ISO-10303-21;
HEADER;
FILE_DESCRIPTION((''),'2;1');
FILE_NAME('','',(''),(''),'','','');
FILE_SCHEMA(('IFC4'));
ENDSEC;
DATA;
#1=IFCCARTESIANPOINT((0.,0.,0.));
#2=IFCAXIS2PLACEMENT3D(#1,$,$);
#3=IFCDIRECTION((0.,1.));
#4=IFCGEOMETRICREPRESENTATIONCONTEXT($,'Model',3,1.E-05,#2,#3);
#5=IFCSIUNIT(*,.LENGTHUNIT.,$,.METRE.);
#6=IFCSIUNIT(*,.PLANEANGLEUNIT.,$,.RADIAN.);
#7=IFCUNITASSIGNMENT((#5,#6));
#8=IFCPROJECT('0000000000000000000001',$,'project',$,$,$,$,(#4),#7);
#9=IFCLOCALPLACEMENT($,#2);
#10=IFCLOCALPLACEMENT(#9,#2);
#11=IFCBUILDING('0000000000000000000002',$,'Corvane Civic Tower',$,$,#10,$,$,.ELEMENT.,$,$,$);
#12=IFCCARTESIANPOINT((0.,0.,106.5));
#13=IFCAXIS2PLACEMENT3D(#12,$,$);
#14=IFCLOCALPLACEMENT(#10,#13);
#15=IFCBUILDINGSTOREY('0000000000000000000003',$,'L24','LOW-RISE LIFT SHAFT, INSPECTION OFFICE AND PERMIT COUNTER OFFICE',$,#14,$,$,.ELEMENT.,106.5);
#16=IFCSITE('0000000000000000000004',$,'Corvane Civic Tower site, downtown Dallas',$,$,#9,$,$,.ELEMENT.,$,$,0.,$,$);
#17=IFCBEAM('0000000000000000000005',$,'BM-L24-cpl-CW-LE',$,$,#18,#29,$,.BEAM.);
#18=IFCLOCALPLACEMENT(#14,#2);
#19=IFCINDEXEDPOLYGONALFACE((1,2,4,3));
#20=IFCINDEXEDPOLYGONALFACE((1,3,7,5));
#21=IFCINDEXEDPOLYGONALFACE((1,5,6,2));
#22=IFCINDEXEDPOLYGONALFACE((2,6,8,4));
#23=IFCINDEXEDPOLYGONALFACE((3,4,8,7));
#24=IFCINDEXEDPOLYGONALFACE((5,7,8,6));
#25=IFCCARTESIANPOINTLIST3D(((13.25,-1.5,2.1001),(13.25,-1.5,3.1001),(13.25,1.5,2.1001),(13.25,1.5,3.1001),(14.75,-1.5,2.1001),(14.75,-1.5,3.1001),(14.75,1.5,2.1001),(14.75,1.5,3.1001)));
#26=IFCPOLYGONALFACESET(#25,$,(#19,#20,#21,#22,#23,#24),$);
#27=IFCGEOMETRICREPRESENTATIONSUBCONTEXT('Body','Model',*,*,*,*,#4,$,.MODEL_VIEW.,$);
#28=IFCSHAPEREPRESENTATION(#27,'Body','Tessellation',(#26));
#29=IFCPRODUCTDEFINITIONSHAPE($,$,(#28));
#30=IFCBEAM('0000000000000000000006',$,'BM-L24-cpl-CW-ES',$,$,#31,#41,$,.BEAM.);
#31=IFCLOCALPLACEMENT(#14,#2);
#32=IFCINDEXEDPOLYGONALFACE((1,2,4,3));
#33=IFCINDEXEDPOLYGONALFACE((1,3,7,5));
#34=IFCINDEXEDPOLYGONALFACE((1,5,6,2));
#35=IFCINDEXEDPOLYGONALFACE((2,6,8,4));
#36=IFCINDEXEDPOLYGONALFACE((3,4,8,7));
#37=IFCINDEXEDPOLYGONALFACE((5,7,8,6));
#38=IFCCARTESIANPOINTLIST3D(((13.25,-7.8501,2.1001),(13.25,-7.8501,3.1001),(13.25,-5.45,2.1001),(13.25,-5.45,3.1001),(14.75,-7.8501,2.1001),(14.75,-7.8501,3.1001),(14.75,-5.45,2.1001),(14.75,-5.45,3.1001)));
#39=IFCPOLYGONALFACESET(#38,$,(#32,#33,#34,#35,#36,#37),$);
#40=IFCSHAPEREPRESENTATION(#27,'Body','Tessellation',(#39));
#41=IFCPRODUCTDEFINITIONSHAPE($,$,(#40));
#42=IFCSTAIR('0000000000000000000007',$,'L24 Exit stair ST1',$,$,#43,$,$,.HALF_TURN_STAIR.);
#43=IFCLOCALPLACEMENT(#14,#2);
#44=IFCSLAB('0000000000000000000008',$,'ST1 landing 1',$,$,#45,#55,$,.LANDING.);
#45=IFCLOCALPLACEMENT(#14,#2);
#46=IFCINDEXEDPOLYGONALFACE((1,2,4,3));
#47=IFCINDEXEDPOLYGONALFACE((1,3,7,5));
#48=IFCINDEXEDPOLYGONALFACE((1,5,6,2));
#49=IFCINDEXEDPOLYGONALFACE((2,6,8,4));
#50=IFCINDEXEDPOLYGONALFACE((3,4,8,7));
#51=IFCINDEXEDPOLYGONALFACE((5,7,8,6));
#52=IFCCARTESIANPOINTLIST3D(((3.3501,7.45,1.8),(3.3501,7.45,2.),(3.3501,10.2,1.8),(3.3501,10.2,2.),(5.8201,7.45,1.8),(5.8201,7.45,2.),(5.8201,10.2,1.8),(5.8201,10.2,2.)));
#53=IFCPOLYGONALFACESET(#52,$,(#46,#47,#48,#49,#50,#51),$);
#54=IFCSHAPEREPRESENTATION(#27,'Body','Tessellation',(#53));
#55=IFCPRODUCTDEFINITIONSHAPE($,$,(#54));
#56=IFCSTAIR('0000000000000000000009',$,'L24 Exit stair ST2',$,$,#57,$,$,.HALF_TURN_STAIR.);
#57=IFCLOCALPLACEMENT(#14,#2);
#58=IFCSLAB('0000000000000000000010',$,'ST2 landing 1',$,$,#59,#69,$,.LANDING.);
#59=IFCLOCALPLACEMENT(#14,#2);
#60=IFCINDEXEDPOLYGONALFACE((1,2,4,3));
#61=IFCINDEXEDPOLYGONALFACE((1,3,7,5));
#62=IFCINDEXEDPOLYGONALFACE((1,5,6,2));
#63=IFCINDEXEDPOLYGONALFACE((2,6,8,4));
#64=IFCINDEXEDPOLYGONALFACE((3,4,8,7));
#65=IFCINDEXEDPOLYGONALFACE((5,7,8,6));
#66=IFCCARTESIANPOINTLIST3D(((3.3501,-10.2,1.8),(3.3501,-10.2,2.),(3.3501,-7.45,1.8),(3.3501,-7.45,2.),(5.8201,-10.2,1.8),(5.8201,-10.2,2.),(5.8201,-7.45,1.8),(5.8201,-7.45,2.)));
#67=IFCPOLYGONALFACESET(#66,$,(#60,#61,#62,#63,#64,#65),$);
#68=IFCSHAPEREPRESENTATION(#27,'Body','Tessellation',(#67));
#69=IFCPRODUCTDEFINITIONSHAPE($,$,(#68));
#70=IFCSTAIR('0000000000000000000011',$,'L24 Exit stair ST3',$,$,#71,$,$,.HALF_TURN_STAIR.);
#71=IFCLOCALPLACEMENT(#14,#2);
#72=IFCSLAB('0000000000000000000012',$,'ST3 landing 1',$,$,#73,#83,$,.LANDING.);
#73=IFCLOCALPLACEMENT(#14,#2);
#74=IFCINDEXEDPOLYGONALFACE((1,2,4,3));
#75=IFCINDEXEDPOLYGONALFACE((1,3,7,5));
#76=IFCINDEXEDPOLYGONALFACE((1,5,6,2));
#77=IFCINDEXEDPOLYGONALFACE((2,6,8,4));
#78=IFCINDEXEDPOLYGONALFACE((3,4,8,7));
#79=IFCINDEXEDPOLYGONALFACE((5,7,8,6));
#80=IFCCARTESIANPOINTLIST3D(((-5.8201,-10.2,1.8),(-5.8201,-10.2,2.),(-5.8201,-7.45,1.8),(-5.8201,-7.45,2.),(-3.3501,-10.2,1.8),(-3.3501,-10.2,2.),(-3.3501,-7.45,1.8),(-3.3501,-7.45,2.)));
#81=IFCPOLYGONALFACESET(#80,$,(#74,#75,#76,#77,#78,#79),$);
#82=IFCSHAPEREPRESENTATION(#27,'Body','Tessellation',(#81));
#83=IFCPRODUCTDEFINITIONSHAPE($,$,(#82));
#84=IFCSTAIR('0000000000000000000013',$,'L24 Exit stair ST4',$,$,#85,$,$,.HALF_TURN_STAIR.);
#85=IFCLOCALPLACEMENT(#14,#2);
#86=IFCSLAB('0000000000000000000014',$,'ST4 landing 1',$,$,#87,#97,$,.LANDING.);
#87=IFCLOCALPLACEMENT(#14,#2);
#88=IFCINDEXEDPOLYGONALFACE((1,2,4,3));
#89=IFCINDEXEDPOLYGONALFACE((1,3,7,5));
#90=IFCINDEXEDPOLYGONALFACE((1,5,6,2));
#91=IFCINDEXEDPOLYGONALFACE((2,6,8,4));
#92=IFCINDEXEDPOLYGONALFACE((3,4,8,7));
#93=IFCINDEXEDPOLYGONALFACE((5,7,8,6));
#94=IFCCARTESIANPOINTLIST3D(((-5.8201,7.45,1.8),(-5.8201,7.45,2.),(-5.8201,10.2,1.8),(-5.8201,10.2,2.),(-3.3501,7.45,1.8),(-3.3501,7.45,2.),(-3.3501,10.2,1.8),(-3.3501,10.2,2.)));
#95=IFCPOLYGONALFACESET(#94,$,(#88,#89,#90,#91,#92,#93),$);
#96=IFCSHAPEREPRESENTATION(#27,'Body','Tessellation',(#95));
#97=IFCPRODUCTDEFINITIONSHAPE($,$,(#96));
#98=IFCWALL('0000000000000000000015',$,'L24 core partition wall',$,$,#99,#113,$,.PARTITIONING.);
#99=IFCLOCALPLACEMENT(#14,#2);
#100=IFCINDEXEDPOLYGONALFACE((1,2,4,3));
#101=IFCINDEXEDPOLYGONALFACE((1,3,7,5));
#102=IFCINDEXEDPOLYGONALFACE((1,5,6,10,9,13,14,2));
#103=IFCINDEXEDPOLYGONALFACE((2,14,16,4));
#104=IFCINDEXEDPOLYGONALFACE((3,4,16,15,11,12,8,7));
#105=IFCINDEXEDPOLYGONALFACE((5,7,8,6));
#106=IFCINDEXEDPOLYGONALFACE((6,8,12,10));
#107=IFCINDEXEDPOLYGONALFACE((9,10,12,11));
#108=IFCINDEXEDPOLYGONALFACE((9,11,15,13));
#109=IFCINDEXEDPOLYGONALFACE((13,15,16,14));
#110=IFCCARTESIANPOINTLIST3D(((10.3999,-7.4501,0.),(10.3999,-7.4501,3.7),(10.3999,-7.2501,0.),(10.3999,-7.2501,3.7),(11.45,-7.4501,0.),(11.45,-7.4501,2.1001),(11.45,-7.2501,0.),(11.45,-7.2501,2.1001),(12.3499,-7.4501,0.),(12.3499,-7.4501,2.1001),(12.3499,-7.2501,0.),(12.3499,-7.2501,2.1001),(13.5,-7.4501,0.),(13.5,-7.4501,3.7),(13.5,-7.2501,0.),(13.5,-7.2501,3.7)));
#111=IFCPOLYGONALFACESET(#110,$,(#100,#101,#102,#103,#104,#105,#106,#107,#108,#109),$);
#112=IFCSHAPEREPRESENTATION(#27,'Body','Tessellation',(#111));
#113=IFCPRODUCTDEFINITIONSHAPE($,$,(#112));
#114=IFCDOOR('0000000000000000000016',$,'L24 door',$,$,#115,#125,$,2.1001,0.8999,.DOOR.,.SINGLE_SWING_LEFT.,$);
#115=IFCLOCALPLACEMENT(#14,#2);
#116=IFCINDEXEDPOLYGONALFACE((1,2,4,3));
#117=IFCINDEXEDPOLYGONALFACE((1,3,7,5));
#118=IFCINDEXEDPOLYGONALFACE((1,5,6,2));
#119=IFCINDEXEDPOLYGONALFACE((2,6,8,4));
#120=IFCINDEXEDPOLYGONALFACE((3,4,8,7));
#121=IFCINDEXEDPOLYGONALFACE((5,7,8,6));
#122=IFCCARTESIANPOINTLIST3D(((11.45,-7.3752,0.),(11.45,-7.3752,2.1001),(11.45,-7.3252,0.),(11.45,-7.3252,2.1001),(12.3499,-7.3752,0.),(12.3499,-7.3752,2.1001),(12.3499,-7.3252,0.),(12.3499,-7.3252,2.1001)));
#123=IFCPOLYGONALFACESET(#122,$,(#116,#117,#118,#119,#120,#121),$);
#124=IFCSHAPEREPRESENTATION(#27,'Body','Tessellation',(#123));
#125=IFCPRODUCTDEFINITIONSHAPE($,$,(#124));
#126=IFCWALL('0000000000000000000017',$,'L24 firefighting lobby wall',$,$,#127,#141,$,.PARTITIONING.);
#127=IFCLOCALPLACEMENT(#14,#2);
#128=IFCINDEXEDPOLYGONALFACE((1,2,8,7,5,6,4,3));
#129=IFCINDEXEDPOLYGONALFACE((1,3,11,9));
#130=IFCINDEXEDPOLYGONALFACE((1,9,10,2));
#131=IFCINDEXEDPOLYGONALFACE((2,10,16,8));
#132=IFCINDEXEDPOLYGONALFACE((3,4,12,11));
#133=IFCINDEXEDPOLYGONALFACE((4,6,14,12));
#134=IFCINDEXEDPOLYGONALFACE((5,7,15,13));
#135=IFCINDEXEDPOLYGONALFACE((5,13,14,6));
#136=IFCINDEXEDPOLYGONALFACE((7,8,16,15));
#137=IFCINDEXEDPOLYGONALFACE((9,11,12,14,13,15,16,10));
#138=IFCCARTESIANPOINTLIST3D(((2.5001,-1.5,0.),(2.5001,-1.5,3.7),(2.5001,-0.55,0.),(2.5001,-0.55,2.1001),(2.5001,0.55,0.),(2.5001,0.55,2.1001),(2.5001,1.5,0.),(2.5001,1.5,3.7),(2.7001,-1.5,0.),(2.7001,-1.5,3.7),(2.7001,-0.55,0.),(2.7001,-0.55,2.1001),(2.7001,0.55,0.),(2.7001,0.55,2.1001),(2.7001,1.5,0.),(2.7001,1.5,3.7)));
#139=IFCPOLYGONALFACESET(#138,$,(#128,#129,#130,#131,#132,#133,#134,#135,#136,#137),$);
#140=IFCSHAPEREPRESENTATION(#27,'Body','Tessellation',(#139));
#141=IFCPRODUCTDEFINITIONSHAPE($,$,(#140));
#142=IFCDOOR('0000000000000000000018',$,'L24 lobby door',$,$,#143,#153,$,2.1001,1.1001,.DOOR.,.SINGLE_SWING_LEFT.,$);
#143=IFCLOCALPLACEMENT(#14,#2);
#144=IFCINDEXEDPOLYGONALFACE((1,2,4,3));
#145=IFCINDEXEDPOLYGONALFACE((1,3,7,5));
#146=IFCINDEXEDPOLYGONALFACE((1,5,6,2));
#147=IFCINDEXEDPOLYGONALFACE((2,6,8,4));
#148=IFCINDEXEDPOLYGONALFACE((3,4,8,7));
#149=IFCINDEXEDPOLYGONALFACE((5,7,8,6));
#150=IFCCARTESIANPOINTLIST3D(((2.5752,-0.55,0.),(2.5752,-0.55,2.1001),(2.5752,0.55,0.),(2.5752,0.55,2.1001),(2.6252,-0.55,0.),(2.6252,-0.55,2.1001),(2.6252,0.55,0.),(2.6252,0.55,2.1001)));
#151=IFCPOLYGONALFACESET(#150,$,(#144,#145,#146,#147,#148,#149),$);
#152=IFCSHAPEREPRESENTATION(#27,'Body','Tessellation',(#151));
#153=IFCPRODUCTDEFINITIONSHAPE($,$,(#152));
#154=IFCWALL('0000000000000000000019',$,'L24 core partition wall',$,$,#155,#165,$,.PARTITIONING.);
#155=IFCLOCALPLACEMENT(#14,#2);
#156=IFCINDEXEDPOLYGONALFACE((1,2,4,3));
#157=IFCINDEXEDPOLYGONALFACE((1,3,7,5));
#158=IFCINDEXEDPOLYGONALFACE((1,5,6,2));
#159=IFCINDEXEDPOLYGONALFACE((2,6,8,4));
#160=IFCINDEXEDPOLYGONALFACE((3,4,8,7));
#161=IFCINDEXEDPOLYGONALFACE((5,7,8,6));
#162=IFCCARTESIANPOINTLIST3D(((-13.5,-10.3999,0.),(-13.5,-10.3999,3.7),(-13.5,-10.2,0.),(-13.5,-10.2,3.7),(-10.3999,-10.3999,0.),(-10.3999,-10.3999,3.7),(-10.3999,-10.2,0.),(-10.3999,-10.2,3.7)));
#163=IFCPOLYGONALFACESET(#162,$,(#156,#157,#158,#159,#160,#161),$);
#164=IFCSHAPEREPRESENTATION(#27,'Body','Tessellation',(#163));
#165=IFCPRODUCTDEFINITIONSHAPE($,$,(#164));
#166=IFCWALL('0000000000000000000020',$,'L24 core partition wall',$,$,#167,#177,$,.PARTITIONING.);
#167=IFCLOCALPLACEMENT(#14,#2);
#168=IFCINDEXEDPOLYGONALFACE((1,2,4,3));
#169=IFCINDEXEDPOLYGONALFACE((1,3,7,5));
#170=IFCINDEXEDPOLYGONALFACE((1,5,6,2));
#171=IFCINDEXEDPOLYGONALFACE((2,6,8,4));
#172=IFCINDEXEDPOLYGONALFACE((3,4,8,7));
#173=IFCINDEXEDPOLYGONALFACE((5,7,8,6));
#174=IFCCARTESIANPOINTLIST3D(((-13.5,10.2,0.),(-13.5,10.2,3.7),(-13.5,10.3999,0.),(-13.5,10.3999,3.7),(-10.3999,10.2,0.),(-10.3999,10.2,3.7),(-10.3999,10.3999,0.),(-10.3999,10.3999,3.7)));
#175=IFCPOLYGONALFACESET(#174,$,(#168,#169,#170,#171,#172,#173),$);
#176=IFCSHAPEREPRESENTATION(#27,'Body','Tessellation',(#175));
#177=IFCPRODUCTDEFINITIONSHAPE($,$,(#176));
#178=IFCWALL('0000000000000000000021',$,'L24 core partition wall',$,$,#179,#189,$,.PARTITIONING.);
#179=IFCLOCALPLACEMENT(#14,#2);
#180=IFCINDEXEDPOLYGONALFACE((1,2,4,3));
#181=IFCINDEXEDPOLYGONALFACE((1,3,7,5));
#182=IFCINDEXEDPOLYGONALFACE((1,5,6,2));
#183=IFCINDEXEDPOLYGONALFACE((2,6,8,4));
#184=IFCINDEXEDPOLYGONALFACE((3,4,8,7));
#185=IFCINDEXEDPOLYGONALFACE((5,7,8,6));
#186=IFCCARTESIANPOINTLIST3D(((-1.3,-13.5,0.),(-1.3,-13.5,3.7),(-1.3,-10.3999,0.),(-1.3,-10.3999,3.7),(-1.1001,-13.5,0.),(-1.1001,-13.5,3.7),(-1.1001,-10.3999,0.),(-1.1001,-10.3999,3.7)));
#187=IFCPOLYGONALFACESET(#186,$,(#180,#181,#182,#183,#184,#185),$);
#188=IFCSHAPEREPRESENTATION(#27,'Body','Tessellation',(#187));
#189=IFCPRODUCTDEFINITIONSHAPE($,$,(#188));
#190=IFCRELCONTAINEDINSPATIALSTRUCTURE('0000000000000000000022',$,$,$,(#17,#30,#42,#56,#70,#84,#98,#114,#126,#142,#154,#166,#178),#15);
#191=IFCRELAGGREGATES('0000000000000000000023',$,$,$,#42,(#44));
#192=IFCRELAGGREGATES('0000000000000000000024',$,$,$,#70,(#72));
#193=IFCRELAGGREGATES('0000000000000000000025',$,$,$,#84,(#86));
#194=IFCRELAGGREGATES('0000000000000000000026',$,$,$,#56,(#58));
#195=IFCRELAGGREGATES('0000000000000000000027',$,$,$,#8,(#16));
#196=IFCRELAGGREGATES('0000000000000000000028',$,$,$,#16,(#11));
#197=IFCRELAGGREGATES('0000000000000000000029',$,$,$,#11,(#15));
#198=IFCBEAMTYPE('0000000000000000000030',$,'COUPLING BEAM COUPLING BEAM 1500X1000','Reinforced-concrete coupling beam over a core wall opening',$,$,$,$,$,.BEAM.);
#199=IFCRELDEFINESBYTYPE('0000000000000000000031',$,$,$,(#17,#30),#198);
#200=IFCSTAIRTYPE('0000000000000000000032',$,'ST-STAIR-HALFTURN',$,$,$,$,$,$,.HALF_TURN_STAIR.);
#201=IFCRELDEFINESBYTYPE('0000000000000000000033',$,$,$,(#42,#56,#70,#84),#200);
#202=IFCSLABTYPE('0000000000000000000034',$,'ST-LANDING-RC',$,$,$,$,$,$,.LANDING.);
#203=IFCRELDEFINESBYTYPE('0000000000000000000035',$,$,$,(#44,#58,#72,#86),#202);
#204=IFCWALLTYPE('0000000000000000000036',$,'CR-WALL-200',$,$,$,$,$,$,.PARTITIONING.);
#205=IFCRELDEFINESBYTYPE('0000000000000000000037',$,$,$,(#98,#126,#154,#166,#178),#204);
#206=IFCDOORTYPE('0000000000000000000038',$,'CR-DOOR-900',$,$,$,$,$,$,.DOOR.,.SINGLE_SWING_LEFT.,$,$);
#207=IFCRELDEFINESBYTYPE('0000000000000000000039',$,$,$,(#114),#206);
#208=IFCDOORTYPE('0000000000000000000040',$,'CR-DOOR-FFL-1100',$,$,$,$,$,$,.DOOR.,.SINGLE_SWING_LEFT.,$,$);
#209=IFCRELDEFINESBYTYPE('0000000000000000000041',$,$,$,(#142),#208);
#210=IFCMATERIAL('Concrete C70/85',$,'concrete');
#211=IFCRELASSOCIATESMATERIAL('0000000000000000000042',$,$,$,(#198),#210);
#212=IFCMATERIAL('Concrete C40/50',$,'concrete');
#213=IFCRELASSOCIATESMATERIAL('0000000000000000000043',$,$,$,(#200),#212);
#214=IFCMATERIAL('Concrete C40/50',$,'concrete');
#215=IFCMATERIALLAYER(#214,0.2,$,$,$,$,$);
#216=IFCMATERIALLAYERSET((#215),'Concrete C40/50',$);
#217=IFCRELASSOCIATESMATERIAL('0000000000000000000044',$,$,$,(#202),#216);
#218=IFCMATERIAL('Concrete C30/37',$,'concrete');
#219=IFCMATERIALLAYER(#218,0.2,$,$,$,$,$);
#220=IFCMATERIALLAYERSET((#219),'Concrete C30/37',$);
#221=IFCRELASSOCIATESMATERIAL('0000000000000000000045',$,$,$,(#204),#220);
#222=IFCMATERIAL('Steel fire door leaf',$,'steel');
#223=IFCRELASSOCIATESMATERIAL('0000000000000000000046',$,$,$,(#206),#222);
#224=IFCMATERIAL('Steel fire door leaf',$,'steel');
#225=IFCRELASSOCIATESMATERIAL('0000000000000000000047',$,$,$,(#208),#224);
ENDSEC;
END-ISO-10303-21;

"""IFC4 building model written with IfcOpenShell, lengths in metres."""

from ifc_helpers import new_model, si_unit, direction, frame, frame_2d, origin, origin_2d, place, context, subcontext, project, spatial, polyline, rectangle, outline, extrude, material, layer, layer_set, material_profile, profile_set, type_object, element, fill, aggregate, save


model = new_model("IFC4")

# Units and contexts
model_context = context("Model", 3, precision=1e-05, world=origin(), true_north=direction((0.0, 1.0)))
body_context = subcontext(model_context, "Body", "Model", "MODEL_VIEW")
ifc_project = project(units=[si_unit("LENGTHUNIT", "METRE"), si_unit("PLANEANGLEUNIT", "RADIAN")], contexts=[model_context])

# Site, building, storey
site_placement = place(None, origin())
site = spatial("IfcSite", under=ifc_project, at=site_placement, Name="Corvane Civic Tower site, downtown Dallas", CompositionType="ELEMENT", RefElevation=0.0)
building_placement = place(site_placement, origin())
building = spatial("IfcBuilding", under=site, at=building_placement, Name="Corvane Civic Tower", CompositionType="ELEMENT")
storey_placement = place(building_placement, frame((0.0, 0.0, 106.5)))
storey = spatial("IfcBuildingStorey", under=building, at=storey_placement, Name="L24", Description="LOW-RISE LIFT SHAFT, INSPECTION OFFICE AND PERMIT COUNTER OFFICE", CompositionType="ELEMENT", Elevation=106.5)

# Beams
ifc_material_1 = material(Name="Concrete C70/85", Category="concrete")
ifc_material_profile = material_profile(ifc_material_1, rectangle(XDim=1.5, YDim=1.0, at=origin_2d()), Name="COUPLING BEAM 1500X1000")
ifc_profile_set = profile_set([ifc_material_profile], Name="Concrete C70/85")
beam_type = type_object("IfcBeamType", Name="COUPLING BEAM COUPLING BEAM 1500X1000", Description="Reinforced-concrete coupling beam over a core wall opening", PredefinedType="BEAM", material=ifc_profile_set)
beam_1_placement = place(storey_placement, frame((14.0, -1.5, 2.6001), z_axis=(0.0, 1.0, 0.0), x_axis=(-1.0, 0.0, 0.0)))
element("IfcBeam", 1, at=beam_1_placement, inside=storey, type_object=beam_type, Name="BM-L24-cpl-CW-LE", PredefinedType="BEAM", context=body_context, shape_type="SweptSolid", body=[
    extrude(rectangle(XDim=1.5, YDim=1.0, at=origin_2d()), origin(), (0.0, 0.0, 1.0), 3.0),
])
beam_2_placement = place(storey_placement, frame((14.0, -7.8501, 2.6001), z_axis=(0.0, 1.0, 0.0), x_axis=(-1.0, 0.0, 0.0)))
element("IfcBeam", 2, at=beam_2_placement, inside=storey, type_object=beam_type, Name="BM-L24-cpl-CW-ES", PredefinedType="BEAM", context=body_context, shape_type="SweptSolid", body=[
    extrude(rectangle(XDim=1.5, YDim=1.0, at=origin_2d()), origin(), (0.0, 0.0, 1.0), 2.4001),
])

# Stairs, slabs
ifc_material_2 = material(Name="Concrete C40/50", Category="concrete")
stair_type = type_object("IfcStairType", Name="ST-STAIR-HALFTURN", PredefinedType="HALF_TURN_STAIR", material=ifc_material_2)
stair_1_placement = place(storey_placement, origin())
stair_1 = element("IfcStair", 3, at=stair_1_placement, inside=storey, type_object=stair_type, Name="L24 Exit stair ST1", PredefinedType="HALF_TURN_STAIR")
ifc_material_3 = material(Name="Concrete C40/50", Category="concrete")
ifc_layer_1 = layer(ifc_material_3, 0.2)
ifc_layer_set_1 = layer_set([ifc_layer_1], Name="Concrete C40/50")
slab_type = type_object("IfcSlabType", Name="ST-LANDING-RC", PredefinedType="LANDING", material=ifc_layer_set_1)
slab_1_placement = place(storey_placement, frame((0.0, 0.0, 1.8)))
slab_1 = element("IfcSlab", 4, at=slab_1_placement, type_object=slab_type, Name="ST1 landing 1", PredefinedType="LANDING", context=body_context, shape_type="SweptSolid", body=[
    extrude(outline(polyline([(5.8201, 10.2), (3.3501, 10.2), (3.3501, 7.45), (5.8201, 7.45), (5.8201, 10.2)])), origin(), (0.0, 0.0, 1.0), 0.2),
])
aggregate(stair_1, [slab_1])
stair_2_placement = place(storey_placement, origin())
stair_2 = element("IfcStair", 5, at=stair_2_placement, inside=storey, type_object=stair_type, Name="L24 Exit stair ST2", PredefinedType="HALF_TURN_STAIR")
slab_2_placement = place(storey_placement, frame((0.0, 0.0, 1.8)))
slab_2 = element("IfcSlab", 6, at=slab_2_placement, type_object=slab_type, Name="ST2 landing 1", PredefinedType="LANDING", context=body_context, shape_type="SweptSolid", body=[
    extrude(outline(polyline([(5.8201, -7.45), (3.3501, -7.45), (3.3501, -10.2), (5.8201, -10.2), (5.8201, -7.45)])), origin(), (0.0, 0.0, 1.0), 0.2),
])
stair_3_placement = place(storey_placement, origin())
stair_3 = element("IfcStair", 7, at=stair_3_placement, inside=storey, type_object=stair_type, Name="L24 Exit stair ST3", PredefinedType="HALF_TURN_STAIR")
slab_3_placement = place(storey_placement, frame((0.0, 0.0, 1.8)))
slab_3 = element("IfcSlab", 8, at=slab_3_placement, type_object=slab_type, Name="ST3 landing 1", PredefinedType="LANDING", context=body_context, shape_type="SweptSolid", body=[
    extrude(outline(polyline([(-5.8201, -10.2), (-3.3501, -10.2), (-3.3501, -7.45), (-5.8201, -7.45), (-5.8201, -10.2)])), origin(), (0.0, 0.0, 1.0), 0.2),
])
aggregate(stair_3, [slab_3])
stair_4_placement = place(storey_placement, origin())
stair_4 = element("IfcStair", 9, at=stair_4_placement, inside=storey, type_object=stair_type, Name="L24 Exit stair ST4", PredefinedType="HALF_TURN_STAIR")
slab_4_placement = place(storey_placement, frame((0.0, 0.0, 1.8)))
slab_4 = element("IfcSlab", 10, at=slab_4_placement, type_object=slab_type, Name="ST4 landing 1", PredefinedType="LANDING", context=body_context, shape_type="SweptSolid", body=[
    extrude(outline(polyline([(-5.8201, 7.45), (-3.3501, 7.45), (-3.3501, 10.2), (-5.8201, 10.2), (-5.8201, 7.45)])), origin(), (0.0, 0.0, 1.0), 0.2),
])
aggregate(stair_4, [slab_4])

# Walls, openings, doors
ifc_material_4 = material(Name="Concrete C30/37", Category="concrete")
ifc_layer_2 = layer(ifc_material_4, 0.2)
ifc_layer_set_2 = layer_set([ifc_layer_2], Name="Concrete C30/37")
wall_type_1 = type_object("IfcWallType", Name="CR-WALL-200", PredefinedType="PARTITIONING", material=ifc_layer_set_2)
wall_1_placement = place(storey_placement, frame((10.3999, -7.3501, 0.0), z_axis=(0.0, 0.0, 1.0), x_axis=(1.0, 0.0, 0.0)))
wall_1 = element("IfcWall", 11, at=wall_1_placement, inside=storey, type_object=wall_type_1, Name="L24 core partition wall", PredefinedType="PARTITIONING", context=body_context, shape_type="SweptSolid", body=[
    extrude(rectangle(XDim=3.1001, YDim=0.2, at=frame_2d((1.55, 0.0))), origin(), (0.0, 0.0, 1.0), 3.7),
])
opening_1_placement = place(wall_1_placement, frame((1.05, 0.0, 0.0)))
opening_1 = element("IfcOpeningElement", 12, at=opening_1_placement, cuts=wall_1, PredefinedType="OPENING", context=body_context, shape_type="SweptSolid", body=[
    extrude(rectangle(XDim=0.8999, YDim=2.1001, at=frame_2d((0.45, 1.05))), frame((0.0, 0.1099, 0.0), z_axis=(0.0, -1.0, 0.0), x_axis=(1.0, 0.0, 0.0)), (0.0, 0.0, 1.0), 0.22),
])
ifc_material_5 = material(Name="Steel fire door leaf", Category="steel")
door_type_1 = type_object("IfcDoorType", Name="CR-DOOR-900", OperationType="SINGLE_SWING_LEFT", PredefinedType="DOOR", material=ifc_material_5)
door_1_placement = place(opening_1_placement, origin())
door_1 = element("IfcDoor", 13, at=door_1_placement, inside=storey, type_object=door_type_1, Name="L24 door", OperationType="SINGLE_SWING_LEFT", OverallHeight=2.1001, OverallWidth=0.8999, PredefinedType="DOOR", context=body_context, shape_type="SweptSolid", body=[
    extrude(rectangle(XDim=0.8999, YDim=2.1001, at=frame_2d((0.45, 1.05))), frame((0.0, 0.0249, 0.0), z_axis=(0.0, -1.0, 0.0), x_axis=(1.0, 0.0, 0.0)), (0.0, 0.0, 1.0), 0.05),
])
fill(opening_1, door_1)
wall_2_placement = place(storey_placement, frame((2.6001, -1.5, 0.0), z_axis=(0.0, 0.0, 1.0), x_axis=(0.0, 1.0, 0.0)))
wall_2 = element("IfcWall", 14, at=wall_2_placement, inside=storey, type_object=wall_type_1, Name="L24 firefighting lobby wall", PredefinedType="PARTITIONING", context=body_context, shape_type="SweptSolid", body=[
    extrude(rectangle(XDim=3.0, YDim=0.2, at=frame_2d((1.5, 0.0))), origin(), (0.0, 0.0, 1.0), 3.7),
])
opening_2_placement = place(wall_2_placement, frame((0.95, 0.0, 0.0)))
opening_2 = element("IfcOpeningElement", 15, at=opening_2_placement, cuts=wall_2, PredefinedType="OPENING", context=body_context, shape_type="SweptSolid", body=[
    extrude(rectangle(XDim=1.1001, YDim=2.1001, at=frame_2d((0.55, 1.05))), frame((0.0, 0.1099, 0.0), z_axis=(0.0, -1.0, 0.0), x_axis=(1.0, 0.0, 0.0)), (0.0, 0.0, 1.0), 0.22),
])
ifc_material_6 = material(Name="Steel fire door leaf", Category="steel")
door_type_2 = type_object("IfcDoorType", Name="CR-DOOR-FFL-1100", OperationType="SINGLE_SWING_LEFT", PredefinedType="DOOR", material=ifc_material_6)
door_2_placement = place(opening_2_placement, origin())
door_2 = element("IfcDoor", 16, at=door_2_placement, inside=storey, type_object=door_type_2, Name="L24 lobby door", OperationType="SINGLE_SWING_LEFT", OverallHeight=2.1001, OverallWidth=1.1001, PredefinedType="DOOR", context=body_context, shape_type="SweptSolid", body=[
    extrude(rectangle(XDim=1.1001, YDim=2.1001, at=frame_2d((0.55, 1.05))), frame((0.0, 0.0249, 0.0), z_axis=(0.0, -1.0, 0.0), x_axis=(1.0, 0.0, 0.0)), (0.0, 0.0, 1.0), 0.05),
])
fill(opening_2, door_2)

# Walls
wall_3_placement = place(storey_placement, origin())
element("IfcWall", 17, at=wall_3_placement, inside=storey, type_object=wall_type_1, Name="L24 core partition wall", PredefinedType="PARTITIONING", context=body_context, shape_type="SweptSolid", body=[
    extrude(outline(polyline([(-10.3999, -10.3999), (-13.5, -10.3999), (-13.5, -10.2), (-10.3999, -10.2), (-10.3999, -10.3999)])), origin(), (0.0, 0.0, 1.0), 3.7),
])
wall_4_placement = place(storey_placement, origin())
element("IfcWall", 18, at=wall_4_placement, inside=storey, type_object=wall_type_1, Name="L24 core partition wall", PredefinedType="PARTITIONING", context=body_context, shape_type="SweptSolid", body=[
    extrude(outline(polyline([(-13.5, 10.2), (-13.5, 10.3999), (-10.3999, 10.3999), (-10.3999, 10.2), (-13.5, 10.2)])), origin(), (0.0, 0.0, 1.0), 3.7),
])
wall_5_placement = place(storey_placement, origin())
element("IfcWall", 19, at=wall_5_placement, inside=storey, type_object=wall_type_1, Name="L24 core partition wall", PredefinedType="PARTITIONING", context=body_context, shape_type="SweptSolid", body=[
    extrude(outline(polyline([(-1.1001, -10.3999), (-1.1001, -13.5), (-1.3, -13.5), (-1.3, -10.3999), (-1.1001, -10.3999)])), origin(), (0.0, 0.0, 1.0), 3.7),
])

aggregate(stair_2, [slab_2])

save(model, "model.ifc")
